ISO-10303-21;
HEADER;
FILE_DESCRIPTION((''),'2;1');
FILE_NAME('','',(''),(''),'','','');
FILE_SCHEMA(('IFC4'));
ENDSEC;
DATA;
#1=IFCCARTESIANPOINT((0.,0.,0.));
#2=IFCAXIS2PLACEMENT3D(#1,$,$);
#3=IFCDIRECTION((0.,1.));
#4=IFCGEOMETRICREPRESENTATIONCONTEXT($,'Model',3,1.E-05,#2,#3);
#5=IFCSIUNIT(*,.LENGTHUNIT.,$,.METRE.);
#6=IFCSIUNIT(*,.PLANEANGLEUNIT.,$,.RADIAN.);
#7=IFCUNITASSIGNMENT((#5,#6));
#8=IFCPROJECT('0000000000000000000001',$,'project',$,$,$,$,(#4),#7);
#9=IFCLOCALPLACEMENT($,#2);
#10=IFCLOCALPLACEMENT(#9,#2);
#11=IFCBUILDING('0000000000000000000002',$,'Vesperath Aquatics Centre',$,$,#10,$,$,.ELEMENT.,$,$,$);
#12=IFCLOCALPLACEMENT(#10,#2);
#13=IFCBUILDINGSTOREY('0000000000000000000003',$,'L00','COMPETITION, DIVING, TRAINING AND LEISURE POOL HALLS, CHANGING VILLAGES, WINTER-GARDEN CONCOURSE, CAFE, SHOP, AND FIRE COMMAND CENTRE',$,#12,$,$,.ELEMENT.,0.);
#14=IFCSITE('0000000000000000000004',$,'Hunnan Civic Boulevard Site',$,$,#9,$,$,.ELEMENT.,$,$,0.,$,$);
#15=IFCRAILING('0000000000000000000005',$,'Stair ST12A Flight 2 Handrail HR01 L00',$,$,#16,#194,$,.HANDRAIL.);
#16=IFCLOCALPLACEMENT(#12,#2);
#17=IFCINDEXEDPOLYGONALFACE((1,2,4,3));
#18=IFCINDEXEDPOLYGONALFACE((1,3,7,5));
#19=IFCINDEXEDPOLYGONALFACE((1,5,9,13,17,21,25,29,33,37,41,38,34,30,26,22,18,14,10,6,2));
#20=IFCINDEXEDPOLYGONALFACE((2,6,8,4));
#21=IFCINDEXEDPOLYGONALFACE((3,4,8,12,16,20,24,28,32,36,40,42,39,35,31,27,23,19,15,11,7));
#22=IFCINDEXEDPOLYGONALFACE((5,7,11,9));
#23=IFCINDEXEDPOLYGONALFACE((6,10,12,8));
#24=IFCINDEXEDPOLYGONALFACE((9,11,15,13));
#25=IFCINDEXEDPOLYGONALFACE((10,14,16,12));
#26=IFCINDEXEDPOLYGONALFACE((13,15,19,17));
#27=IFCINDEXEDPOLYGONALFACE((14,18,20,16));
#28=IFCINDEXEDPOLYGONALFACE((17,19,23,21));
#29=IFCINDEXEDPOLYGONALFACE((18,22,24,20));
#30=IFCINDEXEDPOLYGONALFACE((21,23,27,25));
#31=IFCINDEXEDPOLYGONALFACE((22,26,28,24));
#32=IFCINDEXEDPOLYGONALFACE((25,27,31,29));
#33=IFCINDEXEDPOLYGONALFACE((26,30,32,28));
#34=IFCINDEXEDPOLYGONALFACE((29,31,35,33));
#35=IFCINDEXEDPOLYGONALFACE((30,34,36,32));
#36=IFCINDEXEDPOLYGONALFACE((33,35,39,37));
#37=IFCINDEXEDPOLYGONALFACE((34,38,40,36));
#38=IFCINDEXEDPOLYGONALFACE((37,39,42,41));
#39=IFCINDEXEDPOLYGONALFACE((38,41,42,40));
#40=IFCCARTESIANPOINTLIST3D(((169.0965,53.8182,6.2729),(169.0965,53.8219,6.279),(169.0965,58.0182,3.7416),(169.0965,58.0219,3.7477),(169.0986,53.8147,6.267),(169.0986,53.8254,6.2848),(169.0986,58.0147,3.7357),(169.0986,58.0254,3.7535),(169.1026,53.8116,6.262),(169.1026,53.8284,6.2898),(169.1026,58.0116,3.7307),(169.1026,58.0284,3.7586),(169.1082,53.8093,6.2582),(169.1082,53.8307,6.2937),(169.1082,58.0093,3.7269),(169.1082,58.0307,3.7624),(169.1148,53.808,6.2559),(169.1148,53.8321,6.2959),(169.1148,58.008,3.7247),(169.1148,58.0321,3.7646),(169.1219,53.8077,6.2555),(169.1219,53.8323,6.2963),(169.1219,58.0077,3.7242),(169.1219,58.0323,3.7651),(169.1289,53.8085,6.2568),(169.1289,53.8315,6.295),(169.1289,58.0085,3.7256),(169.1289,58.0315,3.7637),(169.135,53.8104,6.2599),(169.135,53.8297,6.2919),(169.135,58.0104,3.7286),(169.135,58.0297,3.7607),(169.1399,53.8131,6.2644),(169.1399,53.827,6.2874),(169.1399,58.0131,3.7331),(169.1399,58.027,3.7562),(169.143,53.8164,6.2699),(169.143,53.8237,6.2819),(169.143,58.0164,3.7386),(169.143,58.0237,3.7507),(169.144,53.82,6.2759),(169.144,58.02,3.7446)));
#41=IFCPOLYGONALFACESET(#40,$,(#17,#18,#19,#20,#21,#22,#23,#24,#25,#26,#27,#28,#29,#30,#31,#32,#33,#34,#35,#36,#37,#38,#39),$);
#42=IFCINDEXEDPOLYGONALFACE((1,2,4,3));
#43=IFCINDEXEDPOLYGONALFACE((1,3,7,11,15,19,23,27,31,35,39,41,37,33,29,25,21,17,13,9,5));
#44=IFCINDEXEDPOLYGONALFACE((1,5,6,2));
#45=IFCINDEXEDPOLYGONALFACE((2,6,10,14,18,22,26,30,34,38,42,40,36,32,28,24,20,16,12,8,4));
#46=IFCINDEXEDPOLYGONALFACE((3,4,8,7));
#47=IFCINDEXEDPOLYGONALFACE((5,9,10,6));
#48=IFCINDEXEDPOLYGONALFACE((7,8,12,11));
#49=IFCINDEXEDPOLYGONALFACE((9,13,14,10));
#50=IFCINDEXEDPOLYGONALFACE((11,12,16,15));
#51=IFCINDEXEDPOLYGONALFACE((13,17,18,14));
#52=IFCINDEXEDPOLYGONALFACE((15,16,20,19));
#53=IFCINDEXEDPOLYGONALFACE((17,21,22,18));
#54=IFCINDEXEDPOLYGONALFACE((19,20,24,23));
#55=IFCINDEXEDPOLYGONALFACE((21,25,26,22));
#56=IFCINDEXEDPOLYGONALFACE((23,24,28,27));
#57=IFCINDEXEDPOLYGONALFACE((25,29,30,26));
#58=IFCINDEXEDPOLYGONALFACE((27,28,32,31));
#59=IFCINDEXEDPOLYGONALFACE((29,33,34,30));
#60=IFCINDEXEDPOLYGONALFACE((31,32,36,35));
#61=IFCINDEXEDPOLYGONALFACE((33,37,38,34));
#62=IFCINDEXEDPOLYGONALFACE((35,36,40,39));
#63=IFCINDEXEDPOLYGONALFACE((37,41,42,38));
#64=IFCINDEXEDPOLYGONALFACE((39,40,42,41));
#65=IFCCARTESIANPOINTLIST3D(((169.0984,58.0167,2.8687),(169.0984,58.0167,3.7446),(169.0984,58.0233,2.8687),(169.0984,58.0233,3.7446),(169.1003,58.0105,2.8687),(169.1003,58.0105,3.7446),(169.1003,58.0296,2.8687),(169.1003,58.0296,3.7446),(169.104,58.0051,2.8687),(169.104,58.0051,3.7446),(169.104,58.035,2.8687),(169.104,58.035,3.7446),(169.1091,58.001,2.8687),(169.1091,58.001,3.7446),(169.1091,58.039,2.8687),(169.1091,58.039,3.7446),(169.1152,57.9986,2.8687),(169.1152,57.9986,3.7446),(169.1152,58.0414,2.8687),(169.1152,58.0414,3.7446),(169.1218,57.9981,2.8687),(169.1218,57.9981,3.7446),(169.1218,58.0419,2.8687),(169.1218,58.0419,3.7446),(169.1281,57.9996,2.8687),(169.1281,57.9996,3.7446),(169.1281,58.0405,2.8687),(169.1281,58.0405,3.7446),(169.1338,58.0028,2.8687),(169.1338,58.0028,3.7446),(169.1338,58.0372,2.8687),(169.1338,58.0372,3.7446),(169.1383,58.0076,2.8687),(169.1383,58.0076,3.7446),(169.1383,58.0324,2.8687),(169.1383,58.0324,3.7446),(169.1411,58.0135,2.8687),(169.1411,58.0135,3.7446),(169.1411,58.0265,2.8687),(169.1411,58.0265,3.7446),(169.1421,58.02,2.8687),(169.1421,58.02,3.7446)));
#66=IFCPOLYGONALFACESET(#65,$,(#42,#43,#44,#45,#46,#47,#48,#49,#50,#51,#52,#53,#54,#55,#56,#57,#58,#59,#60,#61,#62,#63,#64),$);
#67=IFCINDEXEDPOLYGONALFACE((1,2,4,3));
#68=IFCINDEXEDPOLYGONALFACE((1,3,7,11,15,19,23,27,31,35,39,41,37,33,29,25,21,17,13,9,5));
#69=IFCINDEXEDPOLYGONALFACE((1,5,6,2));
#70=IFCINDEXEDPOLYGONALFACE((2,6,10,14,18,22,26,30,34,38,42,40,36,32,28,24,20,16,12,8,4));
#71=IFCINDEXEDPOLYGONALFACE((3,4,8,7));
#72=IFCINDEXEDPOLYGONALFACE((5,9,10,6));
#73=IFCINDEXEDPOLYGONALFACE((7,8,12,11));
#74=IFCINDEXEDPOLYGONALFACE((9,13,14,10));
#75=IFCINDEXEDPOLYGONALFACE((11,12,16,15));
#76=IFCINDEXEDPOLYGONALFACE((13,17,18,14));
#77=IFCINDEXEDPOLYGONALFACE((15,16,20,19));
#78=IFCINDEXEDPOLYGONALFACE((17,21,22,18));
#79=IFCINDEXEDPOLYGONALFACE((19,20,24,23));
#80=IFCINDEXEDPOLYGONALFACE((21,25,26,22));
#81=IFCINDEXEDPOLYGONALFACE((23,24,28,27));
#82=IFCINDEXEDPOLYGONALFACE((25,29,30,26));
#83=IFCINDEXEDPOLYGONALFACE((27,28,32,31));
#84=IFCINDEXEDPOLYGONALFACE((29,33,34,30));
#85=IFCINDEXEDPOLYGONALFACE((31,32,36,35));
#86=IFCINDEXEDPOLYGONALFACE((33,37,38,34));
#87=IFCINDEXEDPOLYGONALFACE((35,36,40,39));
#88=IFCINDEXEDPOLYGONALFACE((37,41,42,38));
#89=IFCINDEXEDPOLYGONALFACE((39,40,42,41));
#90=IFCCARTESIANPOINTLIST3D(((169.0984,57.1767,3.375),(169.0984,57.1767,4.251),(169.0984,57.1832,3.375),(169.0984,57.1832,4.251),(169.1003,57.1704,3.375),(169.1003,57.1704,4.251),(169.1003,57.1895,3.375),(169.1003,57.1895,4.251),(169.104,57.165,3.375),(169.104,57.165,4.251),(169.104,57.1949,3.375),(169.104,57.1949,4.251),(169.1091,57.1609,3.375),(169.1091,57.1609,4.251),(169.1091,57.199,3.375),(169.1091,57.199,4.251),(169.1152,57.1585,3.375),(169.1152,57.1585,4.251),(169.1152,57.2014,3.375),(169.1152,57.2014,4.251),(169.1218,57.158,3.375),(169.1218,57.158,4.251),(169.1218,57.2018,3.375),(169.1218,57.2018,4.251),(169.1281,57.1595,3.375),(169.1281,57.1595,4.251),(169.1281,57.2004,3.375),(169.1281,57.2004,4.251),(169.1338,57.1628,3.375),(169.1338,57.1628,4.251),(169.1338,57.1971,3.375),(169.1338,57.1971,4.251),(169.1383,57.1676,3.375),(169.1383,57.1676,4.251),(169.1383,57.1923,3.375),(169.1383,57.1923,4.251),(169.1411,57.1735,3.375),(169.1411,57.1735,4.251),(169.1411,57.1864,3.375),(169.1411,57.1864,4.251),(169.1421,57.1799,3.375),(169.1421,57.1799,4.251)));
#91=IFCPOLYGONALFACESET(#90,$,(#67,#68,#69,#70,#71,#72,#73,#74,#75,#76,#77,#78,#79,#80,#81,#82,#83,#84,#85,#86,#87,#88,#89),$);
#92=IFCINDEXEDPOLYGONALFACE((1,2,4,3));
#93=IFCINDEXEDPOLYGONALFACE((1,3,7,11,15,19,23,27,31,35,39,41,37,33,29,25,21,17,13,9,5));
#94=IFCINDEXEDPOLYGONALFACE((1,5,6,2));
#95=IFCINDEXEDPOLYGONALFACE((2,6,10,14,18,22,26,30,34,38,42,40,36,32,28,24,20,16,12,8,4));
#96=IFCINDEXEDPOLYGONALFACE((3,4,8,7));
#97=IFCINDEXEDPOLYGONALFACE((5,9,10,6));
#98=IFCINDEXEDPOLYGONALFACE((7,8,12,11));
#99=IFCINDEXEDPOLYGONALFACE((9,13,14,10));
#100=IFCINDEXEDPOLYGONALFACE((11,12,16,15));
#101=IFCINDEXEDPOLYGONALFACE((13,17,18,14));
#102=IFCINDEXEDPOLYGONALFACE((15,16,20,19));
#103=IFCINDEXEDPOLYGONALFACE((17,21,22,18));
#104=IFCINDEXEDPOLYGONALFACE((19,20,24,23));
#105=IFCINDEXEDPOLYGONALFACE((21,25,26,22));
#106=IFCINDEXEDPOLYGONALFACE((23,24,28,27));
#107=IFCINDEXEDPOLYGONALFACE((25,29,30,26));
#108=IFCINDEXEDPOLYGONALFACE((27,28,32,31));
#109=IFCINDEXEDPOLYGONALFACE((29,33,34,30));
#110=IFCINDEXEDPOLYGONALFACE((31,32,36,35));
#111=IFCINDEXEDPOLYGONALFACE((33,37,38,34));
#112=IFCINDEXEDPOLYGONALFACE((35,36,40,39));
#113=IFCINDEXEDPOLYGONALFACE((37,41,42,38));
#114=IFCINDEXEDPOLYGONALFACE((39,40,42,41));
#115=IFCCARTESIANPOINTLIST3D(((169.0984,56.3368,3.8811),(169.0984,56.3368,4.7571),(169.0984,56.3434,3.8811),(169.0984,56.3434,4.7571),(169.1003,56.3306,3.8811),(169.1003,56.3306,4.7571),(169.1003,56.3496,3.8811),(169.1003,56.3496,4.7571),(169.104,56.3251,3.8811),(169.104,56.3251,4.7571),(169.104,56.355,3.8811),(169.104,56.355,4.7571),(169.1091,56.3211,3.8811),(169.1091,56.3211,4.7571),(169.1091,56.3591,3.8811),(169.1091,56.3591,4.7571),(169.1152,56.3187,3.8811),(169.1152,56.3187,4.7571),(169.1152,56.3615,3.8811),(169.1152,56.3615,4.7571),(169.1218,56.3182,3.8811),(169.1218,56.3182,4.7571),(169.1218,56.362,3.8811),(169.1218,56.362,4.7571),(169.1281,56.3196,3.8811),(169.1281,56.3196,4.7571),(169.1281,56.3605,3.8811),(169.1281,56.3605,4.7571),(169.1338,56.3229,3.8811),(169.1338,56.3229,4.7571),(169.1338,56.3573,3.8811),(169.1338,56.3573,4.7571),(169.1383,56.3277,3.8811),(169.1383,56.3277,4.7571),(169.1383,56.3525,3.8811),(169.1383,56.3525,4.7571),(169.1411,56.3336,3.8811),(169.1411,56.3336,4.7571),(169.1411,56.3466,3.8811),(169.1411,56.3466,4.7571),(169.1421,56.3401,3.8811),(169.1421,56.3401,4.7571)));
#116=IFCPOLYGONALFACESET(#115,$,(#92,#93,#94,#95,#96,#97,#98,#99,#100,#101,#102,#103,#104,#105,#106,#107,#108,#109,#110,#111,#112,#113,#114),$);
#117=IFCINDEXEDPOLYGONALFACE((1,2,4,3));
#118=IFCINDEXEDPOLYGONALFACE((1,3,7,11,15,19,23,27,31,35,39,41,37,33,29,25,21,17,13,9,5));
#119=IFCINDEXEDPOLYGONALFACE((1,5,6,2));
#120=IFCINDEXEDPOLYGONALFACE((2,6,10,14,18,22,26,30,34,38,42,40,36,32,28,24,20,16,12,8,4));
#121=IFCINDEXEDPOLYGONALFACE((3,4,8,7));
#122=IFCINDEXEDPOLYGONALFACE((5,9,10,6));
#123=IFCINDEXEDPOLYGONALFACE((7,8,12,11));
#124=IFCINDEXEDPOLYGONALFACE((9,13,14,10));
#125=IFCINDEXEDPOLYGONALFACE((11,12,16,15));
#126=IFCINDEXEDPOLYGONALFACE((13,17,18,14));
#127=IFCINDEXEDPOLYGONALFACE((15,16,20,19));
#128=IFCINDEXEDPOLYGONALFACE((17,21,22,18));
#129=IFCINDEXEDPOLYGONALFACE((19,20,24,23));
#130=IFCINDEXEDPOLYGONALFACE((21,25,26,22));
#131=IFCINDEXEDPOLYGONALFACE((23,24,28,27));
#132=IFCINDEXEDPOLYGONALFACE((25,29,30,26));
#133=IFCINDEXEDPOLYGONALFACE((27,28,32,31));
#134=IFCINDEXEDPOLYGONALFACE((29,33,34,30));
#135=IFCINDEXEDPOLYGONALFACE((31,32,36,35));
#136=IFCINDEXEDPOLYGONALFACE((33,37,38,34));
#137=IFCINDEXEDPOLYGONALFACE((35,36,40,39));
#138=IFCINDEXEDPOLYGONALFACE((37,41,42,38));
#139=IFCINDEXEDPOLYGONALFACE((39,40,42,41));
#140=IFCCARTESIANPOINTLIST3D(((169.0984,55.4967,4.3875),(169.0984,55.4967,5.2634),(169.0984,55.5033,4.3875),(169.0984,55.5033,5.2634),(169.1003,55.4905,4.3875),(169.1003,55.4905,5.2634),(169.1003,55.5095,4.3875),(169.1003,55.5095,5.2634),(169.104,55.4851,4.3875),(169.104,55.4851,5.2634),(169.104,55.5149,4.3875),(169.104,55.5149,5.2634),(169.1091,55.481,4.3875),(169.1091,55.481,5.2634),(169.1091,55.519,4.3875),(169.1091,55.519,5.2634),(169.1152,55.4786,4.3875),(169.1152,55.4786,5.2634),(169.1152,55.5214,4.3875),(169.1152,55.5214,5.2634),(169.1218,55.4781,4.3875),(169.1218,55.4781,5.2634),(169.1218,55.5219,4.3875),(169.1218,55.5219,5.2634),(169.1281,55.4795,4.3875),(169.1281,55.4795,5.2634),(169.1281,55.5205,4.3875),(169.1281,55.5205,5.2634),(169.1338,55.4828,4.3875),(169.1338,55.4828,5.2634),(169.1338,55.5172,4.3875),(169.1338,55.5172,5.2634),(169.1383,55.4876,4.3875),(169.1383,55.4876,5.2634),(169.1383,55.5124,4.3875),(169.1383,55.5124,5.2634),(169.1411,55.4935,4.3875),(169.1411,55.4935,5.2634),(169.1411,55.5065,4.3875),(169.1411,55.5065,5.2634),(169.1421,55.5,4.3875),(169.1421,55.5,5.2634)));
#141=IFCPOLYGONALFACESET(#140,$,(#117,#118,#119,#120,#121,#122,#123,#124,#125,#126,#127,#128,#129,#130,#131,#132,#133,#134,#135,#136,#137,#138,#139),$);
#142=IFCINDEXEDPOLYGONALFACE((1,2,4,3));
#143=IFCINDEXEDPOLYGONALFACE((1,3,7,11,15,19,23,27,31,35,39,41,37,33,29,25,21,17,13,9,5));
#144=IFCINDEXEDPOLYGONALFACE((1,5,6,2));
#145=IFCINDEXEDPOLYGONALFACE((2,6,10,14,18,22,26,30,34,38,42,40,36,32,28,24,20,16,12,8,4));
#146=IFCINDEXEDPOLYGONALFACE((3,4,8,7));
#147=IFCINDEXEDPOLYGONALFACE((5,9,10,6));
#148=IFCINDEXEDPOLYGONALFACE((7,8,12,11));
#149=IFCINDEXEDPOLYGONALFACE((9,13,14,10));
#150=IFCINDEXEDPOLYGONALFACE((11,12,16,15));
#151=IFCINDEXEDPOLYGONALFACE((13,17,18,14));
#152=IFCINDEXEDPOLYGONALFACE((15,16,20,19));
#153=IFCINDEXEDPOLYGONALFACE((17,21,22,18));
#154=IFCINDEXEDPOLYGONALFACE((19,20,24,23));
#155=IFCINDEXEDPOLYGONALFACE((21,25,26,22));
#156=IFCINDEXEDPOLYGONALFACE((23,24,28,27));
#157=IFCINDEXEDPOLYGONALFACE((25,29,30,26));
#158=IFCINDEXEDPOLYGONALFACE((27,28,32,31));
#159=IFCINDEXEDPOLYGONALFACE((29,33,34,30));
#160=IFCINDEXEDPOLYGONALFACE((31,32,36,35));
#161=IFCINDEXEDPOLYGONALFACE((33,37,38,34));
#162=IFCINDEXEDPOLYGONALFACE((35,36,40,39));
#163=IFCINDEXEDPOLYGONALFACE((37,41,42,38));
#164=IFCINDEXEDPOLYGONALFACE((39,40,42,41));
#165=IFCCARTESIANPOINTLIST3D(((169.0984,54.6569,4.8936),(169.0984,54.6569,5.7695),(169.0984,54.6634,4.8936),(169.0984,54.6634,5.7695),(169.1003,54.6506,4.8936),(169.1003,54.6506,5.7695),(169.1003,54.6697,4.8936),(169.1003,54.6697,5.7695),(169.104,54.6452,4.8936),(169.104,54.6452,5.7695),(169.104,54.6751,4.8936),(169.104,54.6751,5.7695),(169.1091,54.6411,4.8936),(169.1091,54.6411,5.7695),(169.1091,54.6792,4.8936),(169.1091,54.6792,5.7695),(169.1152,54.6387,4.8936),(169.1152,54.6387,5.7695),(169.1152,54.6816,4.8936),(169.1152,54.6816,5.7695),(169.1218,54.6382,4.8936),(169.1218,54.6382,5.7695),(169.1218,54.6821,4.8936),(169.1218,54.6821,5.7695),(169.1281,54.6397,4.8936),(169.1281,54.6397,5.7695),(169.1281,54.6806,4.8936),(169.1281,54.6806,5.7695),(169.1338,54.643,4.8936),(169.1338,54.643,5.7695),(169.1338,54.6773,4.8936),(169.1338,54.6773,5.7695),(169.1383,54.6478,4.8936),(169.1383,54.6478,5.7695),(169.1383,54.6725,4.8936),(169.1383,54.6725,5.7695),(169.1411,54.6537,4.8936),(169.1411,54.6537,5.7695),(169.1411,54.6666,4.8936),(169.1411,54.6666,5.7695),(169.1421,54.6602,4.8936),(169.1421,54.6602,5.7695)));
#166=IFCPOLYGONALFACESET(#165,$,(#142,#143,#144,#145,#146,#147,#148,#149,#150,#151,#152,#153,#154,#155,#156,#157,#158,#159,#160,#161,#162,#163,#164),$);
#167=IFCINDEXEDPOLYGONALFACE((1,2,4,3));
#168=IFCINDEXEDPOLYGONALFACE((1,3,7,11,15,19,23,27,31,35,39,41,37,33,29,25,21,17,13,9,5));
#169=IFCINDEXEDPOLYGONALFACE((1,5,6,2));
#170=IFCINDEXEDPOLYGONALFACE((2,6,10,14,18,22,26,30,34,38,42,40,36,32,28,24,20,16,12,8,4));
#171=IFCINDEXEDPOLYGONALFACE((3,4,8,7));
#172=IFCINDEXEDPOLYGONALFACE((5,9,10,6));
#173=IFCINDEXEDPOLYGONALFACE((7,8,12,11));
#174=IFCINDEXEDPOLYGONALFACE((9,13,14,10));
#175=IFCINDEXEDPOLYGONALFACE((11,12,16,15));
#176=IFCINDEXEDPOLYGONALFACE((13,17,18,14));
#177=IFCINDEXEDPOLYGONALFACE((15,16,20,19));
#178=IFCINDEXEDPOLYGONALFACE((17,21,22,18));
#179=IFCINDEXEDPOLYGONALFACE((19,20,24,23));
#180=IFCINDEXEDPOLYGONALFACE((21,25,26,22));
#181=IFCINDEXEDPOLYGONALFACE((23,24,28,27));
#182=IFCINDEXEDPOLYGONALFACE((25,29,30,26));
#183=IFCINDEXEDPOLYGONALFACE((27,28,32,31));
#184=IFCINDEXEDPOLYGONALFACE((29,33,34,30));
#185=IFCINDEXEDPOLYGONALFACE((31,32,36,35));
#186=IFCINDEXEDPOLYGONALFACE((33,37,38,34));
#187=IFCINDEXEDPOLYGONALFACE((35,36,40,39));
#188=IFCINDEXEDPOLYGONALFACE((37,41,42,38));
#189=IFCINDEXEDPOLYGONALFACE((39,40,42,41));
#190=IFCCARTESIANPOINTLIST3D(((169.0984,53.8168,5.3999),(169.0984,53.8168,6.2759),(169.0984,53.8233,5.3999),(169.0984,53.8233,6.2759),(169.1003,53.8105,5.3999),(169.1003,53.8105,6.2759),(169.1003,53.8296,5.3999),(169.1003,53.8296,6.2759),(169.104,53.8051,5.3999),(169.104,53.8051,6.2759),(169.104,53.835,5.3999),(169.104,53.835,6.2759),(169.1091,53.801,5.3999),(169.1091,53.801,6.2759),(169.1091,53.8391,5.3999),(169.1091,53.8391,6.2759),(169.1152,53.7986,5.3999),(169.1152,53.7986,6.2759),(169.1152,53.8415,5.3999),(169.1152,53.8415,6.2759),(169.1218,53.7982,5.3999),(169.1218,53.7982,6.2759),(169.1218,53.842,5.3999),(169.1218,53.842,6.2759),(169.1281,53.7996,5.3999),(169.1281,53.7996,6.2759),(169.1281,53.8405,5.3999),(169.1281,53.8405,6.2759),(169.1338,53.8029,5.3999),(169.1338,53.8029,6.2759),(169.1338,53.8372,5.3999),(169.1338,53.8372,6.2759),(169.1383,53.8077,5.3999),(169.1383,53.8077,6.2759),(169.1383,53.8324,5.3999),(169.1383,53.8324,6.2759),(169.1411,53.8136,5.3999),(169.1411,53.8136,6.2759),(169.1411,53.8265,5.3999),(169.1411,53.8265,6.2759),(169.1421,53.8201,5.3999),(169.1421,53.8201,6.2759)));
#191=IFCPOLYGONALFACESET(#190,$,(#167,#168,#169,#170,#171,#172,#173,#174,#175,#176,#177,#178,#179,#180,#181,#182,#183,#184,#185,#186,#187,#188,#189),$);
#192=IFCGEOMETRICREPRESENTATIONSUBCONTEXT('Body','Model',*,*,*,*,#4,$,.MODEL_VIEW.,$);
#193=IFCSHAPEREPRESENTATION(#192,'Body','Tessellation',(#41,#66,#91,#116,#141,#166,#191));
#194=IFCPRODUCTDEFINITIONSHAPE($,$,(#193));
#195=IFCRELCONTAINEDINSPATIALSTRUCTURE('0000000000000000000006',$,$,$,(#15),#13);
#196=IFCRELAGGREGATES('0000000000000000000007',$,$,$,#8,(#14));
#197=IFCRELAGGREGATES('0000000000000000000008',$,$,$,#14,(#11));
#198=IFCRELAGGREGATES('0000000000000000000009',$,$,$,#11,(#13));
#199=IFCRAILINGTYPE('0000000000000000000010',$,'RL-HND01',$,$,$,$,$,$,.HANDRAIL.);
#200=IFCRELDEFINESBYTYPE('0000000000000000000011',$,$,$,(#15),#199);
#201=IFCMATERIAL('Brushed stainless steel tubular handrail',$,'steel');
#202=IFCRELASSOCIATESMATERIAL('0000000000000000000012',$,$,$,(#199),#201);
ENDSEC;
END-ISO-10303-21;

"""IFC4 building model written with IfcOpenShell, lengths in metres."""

from ifc_helpers import new_model, si_unit, direction, frame, origin, origin_2d, place, context, subcontext, project, spatial, circle, extrude, material, type_object, element, save


model = new_model("IFC4")

# Units and contexts
model_context = context("Model", 3, precision=1e-05, world=origin(), true_north=direction((0.0, 1.0)))
body_context = subcontext(model_context, "Body", "Model", "MODEL_VIEW")
ifc_project = project(units=[si_unit("LENGTHUNIT", "METRE"), si_unit("PLANEANGLEUNIT", "RADIAN")], contexts=[model_context])

# Site, building, storey
site_placement = place(None, origin())
site = spatial("IfcSite", under=ifc_project, at=site_placement, Name="Hunnan Civic Boulevard Site", CompositionType="ELEMENT", RefElevation=0.0)
building_placement = place(site_placement, origin())
building = spatial("IfcBuilding", under=site, at=building_placement, Name="Vesperath Aquatics Centre", CompositionType="ELEMENT")
storey_placement = place(building_placement, origin())
storey = spatial("IfcBuildingStorey", under=building, at=storey_placement, Name="L00", Description="COMPETITION, DIVING, TRAINING AND LEISURE POOL HALLS, CHANGING VILLAGES, WINTER-GARDEN CONCOURSE, CAFE, SHOP, AND FIRE COMMAND CENTRE", CompositionType="ELEMENT", Elevation=0.0)

# Railing
ifc_material_1 = material(Name="Brushed stainless steel tubular handrail", Category="steel")
railing_type_1 = type_object("IfcRailingType", Name="RL-HND01", PredefinedType="HANDRAIL", material=ifc_material_1)
railing_1_placement = place(storey_placement, frame((169.1201, 58.02, 2.8687)))
element("IfcRailing", 1, at=railing_1_placement, inside=storey, type_object=railing_type_1, Name="Stair ST12A Flight 2 Handrail HR01 L00", PredefinedType="HANDRAIL", context=body_context, shape_type="SweptSolid", body=[
    extrude(circle(Radius=0.0239, at=origin_2d()), frame((0.0, 0.0, 0.876), z_axis=(0.0, -0.856476, 0.516186), x_axis=(1.0, 0.0, 0.0)), (0.0, 0.0, 1.0), 4.9038),
    extrude(circle(Radius=0.022, at=origin_2d()), origin(), (0.0, 0.0, 1.0), 0.876),
    extrude(circle(Radius=0.022, at=origin_2d()), frame((0.0, -0.8401, 0.5063)), (0.0, 0.0, 1.0), 0.876),
    extrude(circle(Radius=0.022, at=origin_2d()), frame((0.0, -1.6799, 1.0125)), (0.0, 0.0, 1.0), 0.876),
    extrude(circle(Radius=0.022, at=origin_2d()), frame((0.0, -2.52, 1.5188)), (0.0, 0.0, 1.0), 0.876),
    extrude(circle(Radius=0.022, at=origin_2d()), frame((0.0, -3.3599, 2.0249)), (0.0, 0.0, 1.0), 0.876),
    extrude(circle(Radius=0.022, at=origin_2d()), frame((0.0, -4.2, 2.5312)), (0.0, 0.0, 1.0), 0.876),
])

save(model, "model.ifc")
